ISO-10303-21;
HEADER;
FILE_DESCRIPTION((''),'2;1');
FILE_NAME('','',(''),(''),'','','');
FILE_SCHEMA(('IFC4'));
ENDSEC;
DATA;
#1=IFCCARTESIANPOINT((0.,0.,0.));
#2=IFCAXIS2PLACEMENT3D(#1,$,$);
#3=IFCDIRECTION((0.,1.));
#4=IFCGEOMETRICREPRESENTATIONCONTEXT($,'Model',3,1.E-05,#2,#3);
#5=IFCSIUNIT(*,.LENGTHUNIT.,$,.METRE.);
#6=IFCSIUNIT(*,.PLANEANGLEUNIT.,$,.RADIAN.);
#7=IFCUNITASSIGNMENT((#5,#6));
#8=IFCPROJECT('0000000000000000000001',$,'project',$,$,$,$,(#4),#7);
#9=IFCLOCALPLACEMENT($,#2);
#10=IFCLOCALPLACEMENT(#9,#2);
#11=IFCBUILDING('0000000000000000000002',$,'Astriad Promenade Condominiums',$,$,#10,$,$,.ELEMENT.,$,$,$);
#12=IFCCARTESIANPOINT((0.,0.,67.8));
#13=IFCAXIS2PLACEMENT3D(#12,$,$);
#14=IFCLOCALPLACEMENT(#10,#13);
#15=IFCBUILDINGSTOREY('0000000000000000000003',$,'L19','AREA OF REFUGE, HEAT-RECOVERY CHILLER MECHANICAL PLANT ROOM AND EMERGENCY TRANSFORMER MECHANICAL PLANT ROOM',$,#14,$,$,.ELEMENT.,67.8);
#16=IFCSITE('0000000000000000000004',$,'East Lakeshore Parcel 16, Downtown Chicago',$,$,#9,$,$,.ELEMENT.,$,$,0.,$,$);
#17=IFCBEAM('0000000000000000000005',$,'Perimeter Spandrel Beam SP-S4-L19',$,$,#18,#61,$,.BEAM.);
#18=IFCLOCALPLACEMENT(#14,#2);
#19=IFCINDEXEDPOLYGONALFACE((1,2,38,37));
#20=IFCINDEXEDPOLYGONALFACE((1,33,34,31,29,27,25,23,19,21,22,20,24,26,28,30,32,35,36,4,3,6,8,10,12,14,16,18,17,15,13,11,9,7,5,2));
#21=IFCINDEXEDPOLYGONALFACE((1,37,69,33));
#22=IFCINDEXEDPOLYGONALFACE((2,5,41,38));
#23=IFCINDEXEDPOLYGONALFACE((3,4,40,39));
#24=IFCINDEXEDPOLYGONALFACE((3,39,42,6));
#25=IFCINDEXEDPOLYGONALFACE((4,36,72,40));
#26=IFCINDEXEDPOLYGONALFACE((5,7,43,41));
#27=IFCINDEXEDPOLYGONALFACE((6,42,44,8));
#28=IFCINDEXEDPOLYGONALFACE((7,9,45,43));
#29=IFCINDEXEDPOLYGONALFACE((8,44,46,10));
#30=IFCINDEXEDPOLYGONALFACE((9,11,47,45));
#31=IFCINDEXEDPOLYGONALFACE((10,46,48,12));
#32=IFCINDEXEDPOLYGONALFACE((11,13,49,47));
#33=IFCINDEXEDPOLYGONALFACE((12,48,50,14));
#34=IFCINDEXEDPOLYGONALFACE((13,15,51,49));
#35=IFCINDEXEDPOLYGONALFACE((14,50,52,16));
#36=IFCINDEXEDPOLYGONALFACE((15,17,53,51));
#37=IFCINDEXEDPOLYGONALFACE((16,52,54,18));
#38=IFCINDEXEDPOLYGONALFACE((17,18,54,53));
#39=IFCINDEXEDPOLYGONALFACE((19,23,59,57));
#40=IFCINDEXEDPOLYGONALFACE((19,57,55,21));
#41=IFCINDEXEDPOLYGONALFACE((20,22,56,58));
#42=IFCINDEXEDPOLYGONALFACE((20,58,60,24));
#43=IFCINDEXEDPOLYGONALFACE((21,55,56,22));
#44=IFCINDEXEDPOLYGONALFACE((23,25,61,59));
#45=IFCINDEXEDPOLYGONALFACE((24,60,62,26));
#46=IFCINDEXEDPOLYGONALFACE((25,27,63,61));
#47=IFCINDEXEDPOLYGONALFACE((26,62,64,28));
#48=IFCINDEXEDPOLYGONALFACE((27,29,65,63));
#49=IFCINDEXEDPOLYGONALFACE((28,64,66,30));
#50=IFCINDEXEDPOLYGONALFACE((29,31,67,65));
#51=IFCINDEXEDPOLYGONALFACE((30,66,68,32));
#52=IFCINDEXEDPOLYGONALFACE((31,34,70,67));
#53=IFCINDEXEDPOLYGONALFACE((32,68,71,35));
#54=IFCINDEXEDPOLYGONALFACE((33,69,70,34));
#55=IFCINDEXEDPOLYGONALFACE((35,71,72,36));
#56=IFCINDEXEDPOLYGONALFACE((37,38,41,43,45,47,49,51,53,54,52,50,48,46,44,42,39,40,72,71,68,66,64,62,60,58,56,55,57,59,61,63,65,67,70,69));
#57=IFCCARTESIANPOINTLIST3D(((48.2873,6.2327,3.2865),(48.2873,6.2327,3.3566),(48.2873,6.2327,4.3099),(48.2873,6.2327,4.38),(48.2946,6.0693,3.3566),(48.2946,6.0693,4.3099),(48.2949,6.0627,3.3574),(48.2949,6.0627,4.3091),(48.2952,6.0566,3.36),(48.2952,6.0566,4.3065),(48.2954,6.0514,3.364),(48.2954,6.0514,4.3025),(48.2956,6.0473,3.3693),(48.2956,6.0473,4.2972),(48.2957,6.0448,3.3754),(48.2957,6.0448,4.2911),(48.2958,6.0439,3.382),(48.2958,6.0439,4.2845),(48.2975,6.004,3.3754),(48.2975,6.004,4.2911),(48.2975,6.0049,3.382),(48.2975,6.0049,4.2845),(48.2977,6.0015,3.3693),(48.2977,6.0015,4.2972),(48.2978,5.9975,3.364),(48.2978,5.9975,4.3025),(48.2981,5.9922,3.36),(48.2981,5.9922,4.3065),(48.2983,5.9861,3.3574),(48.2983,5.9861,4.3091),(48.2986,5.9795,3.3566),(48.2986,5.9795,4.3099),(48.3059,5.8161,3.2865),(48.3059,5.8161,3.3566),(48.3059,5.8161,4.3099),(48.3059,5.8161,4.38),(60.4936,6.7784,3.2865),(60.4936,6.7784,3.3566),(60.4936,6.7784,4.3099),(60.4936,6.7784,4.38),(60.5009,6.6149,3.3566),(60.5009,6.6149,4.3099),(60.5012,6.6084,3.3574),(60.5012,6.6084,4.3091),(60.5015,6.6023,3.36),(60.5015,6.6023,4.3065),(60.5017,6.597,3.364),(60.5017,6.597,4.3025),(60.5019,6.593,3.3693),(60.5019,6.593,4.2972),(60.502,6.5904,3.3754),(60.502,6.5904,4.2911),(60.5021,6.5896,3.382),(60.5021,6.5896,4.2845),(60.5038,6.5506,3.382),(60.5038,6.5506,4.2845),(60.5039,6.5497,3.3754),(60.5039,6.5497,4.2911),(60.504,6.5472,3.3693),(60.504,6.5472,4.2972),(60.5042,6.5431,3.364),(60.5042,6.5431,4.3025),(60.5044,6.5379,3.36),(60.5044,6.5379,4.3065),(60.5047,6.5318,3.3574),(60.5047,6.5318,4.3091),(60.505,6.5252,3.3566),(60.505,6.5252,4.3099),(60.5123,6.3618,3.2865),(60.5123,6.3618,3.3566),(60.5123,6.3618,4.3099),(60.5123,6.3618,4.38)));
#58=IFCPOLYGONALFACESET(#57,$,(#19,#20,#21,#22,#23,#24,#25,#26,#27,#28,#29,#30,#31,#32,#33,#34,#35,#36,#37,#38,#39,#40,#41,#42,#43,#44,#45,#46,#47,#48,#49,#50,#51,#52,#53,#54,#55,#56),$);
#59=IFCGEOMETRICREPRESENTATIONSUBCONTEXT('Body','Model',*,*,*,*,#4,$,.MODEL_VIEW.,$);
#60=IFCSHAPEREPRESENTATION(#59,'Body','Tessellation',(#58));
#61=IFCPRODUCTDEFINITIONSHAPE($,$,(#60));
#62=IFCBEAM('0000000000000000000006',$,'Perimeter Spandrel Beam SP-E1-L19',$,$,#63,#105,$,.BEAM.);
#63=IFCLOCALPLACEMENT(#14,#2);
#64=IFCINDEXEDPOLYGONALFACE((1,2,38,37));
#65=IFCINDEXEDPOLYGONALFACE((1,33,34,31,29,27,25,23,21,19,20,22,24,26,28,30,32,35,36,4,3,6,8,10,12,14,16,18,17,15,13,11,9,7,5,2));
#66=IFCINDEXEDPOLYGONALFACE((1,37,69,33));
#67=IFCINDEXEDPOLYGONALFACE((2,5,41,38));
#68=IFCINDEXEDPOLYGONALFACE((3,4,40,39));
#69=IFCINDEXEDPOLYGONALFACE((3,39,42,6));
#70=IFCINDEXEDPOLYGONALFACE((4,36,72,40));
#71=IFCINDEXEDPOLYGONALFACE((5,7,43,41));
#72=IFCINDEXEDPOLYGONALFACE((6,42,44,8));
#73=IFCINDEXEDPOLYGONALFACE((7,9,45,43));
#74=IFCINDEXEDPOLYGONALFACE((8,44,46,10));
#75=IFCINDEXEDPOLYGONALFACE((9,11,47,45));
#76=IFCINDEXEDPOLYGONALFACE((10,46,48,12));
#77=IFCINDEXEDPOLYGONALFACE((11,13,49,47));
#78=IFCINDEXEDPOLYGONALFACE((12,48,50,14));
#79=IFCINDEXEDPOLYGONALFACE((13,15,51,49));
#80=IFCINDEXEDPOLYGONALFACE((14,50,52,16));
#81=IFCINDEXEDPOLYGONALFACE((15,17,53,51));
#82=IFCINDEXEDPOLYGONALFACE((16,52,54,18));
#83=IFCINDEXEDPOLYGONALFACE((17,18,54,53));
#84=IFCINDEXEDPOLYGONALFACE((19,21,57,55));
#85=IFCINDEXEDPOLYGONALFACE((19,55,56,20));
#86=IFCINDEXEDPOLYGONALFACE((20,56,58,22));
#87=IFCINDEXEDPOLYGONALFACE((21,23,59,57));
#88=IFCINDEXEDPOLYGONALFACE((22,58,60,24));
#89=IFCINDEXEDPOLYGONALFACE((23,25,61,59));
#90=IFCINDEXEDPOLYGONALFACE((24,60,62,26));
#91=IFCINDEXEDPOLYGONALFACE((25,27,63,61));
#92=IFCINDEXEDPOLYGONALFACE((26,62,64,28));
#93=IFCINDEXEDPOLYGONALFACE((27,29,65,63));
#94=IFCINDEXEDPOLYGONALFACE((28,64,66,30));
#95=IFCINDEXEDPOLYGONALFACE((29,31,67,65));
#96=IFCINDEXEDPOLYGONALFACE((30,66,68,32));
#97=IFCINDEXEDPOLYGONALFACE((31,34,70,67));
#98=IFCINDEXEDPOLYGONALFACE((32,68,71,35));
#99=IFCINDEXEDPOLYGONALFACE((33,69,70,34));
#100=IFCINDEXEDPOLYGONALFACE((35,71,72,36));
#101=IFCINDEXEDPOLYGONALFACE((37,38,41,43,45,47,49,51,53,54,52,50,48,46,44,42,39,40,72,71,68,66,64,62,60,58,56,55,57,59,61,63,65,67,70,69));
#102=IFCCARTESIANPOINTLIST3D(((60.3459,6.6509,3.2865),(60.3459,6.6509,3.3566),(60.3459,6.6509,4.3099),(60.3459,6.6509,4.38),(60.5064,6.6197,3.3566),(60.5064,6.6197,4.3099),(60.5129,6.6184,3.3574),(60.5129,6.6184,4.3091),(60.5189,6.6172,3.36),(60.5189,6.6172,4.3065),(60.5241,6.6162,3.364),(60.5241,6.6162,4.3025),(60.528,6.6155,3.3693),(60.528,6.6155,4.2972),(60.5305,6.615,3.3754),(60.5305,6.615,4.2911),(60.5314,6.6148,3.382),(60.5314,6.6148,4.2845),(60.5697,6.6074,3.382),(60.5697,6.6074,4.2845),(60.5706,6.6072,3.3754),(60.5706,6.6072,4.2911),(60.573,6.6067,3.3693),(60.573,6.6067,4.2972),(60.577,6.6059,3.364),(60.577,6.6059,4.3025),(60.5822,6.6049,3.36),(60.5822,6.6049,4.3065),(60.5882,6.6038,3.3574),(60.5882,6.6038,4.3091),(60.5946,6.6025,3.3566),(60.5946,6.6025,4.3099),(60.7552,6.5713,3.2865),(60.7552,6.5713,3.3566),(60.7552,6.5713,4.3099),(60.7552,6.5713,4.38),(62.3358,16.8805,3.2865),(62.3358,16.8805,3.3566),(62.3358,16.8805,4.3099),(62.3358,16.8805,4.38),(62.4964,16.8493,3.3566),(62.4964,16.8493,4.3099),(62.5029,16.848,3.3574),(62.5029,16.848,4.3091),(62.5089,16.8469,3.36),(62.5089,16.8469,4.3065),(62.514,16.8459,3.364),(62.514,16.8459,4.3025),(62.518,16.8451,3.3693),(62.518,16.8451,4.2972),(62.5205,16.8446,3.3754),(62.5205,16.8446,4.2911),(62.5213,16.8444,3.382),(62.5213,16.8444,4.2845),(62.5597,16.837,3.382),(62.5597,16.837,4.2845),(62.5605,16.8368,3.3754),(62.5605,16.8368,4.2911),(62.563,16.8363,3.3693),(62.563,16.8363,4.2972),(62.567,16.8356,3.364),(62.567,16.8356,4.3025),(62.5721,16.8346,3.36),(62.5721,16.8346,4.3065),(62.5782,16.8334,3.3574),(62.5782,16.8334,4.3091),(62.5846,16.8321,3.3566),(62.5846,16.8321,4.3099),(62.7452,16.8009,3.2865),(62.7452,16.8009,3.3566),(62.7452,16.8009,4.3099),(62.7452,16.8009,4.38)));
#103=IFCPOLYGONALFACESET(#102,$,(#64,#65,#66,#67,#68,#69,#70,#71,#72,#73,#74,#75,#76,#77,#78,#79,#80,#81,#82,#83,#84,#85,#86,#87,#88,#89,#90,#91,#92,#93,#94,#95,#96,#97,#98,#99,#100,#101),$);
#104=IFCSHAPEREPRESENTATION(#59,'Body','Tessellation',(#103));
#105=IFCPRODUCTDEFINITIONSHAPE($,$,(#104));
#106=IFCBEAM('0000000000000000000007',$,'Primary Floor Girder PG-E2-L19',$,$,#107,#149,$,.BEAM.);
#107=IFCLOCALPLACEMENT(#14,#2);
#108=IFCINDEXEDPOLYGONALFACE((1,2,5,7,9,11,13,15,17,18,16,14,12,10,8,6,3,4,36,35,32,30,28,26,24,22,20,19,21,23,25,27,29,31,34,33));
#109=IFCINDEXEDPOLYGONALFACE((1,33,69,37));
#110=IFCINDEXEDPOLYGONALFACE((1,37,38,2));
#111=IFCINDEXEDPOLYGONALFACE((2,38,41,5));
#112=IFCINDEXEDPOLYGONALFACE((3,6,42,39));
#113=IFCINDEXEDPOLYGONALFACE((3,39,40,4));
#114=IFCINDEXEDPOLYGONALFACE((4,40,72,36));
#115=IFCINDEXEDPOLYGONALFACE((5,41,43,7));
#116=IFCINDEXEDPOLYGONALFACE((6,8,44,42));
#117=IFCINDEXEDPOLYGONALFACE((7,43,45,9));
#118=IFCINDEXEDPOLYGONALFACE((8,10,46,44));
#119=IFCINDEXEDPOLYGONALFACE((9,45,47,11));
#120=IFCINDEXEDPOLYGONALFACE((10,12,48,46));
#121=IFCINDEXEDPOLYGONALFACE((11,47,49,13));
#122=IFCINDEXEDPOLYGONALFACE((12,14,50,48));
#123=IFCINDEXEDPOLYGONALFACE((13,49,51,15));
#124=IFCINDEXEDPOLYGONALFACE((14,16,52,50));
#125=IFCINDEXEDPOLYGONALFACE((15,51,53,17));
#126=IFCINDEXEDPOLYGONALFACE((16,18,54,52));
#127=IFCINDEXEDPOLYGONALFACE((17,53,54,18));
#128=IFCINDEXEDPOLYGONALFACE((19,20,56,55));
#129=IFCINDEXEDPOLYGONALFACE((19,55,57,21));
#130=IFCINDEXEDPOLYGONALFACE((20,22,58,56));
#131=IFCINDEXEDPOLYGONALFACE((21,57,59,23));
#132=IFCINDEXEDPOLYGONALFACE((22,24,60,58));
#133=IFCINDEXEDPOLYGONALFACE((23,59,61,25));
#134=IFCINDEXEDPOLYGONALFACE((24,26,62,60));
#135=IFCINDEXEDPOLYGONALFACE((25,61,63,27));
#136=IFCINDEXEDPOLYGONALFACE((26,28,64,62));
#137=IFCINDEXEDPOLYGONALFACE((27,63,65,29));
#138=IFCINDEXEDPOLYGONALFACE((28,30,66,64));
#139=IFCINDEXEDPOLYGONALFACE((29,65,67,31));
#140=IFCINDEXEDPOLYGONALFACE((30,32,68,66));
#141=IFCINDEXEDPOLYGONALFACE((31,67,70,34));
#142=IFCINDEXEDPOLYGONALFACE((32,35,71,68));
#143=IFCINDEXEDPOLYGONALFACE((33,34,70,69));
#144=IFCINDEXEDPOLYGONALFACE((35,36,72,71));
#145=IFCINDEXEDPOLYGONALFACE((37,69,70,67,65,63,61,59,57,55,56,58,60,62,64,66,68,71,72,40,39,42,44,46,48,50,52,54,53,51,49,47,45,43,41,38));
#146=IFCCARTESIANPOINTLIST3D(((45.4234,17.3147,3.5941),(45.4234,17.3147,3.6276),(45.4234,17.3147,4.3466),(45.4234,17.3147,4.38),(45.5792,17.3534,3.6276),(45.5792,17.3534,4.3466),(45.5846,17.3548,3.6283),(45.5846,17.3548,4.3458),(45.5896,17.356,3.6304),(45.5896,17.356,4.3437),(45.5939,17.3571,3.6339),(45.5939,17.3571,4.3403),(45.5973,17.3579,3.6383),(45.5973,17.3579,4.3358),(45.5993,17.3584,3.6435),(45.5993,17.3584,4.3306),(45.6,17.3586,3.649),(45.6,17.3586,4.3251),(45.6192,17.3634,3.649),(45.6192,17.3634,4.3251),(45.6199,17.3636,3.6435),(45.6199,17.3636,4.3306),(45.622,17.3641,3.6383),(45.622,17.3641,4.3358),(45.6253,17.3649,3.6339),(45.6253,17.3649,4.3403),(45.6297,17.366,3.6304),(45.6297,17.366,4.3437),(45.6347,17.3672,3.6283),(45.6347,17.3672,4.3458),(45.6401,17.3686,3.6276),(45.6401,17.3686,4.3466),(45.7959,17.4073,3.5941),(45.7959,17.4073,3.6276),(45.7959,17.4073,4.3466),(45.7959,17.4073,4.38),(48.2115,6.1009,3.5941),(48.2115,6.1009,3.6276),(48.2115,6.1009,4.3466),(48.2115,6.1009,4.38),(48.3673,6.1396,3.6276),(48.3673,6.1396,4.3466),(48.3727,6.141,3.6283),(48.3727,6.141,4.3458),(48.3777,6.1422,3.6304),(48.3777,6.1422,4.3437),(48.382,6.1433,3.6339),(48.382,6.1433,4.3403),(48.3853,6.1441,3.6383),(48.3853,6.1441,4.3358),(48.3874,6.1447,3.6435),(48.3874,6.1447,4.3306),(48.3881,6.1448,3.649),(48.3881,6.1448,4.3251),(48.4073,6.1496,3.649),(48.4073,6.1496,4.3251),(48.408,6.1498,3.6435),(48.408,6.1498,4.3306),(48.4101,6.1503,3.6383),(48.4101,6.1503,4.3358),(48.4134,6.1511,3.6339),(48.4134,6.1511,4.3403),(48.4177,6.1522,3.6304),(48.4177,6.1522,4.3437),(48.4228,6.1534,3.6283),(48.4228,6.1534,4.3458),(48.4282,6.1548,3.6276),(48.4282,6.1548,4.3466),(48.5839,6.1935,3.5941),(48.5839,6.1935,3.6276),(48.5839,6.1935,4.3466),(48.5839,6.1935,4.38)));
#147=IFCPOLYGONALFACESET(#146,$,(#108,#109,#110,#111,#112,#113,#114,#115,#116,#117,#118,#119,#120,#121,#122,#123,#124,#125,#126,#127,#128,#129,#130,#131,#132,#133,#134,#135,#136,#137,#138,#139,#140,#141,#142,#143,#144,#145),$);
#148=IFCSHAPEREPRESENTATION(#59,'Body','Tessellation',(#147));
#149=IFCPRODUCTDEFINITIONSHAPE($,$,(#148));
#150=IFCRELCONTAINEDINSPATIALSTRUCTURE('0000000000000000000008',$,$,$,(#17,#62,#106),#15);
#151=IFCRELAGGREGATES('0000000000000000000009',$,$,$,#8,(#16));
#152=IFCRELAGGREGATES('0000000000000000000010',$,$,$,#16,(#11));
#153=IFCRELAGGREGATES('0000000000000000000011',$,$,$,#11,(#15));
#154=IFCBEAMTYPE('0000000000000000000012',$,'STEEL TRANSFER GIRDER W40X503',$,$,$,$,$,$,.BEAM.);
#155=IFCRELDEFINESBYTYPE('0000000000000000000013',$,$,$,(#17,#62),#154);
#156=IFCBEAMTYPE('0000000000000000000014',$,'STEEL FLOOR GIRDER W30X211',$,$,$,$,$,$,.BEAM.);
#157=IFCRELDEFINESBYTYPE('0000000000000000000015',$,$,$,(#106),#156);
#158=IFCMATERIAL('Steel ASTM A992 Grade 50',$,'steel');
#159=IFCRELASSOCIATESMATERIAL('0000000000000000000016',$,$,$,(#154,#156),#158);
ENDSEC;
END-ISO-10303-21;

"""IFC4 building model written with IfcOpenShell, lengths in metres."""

from ifc_helpers import new_model, si_unit, direction, frame, origin, origin_2d, place, context, subcontext, project, spatial, i_section, extrude, source, transform, mapped, material, material_profile, profile_set, type_object, type_shapes, element, save


model = new_model("IFC4")

# Units and contexts
model_context = context("Model", 3, precision=1e-05, world=origin(), true_north=direction((0.0, 1.0)))
body_context = subcontext(model_context, "Body", "Model", "MODEL_VIEW")
ifc_project = project(units=[si_unit("LENGTHUNIT", "METRE"), si_unit("PLANEANGLEUNIT", "RADIAN")], contexts=[model_context])

# Site, building, storey
site_placement = place(None, origin())
site = spatial("IfcSite", under=ifc_project, at=site_placement, Name="East Lakeshore Parcel 16, Downtown Chicago", CompositionType="ELEMENT", RefElevation=0.0)
building_placement = place(site_placement, origin())
building = spatial("IfcBuilding", under=site, at=building_placement, Name="Astriad Promenade Condominiums", CompositionType="ELEMENT")
storey_placement = place(building_placement, frame((0.0, 0.0, 67.8)))
storey = spatial("IfcBuildingStorey", under=building, at=storey_placement, Name="L19", Description="AREA OF REFUGE, HEAT-RECOVERY CHILLER MECHANICAL PLANT ROOM AND EMERGENCY TRANSFORMER MECHANICAL PLANT ROOM", CompositionType="ELEMENT", Elevation=67.8)

# Shared definitions
ifc_material_1 = material(Name="Steel ASTM A992 Grade 50", Category="steel")

# Beams
ifc_material_profile_1 = material_profile(ifc_material_1, i_section(OverallWidth=0.417, OverallDepth=1.0935, WebThickness=0.0391, FlangeThickness=0.0701, FilletRadius=0.0254, at=origin_2d()), Name="W40X503")
ifc_profile_set_1 = profile_set([ifc_material_profile_1], Name="Steel ASTM A992 Grade 50")
beam_type_1 = type_object("IfcBeamType", Name="STEEL TRANSFER GIRDER W40X503", PredefinedType="BEAM", material=ifc_profile_set_1)
shared_shape_1 = source(origin(), body_context, "Body", "SweptSolid", [
    extrude(i_section(OverallWidth=0.417, OverallDepth=1.0935, WebThickness=0.0391, FlangeThickness=0.0701, FilletRadius=0.0254, at=origin_2d()), origin(), (0.0, 0.0, 1.0), 12.2185),
])
beam_1_placement = place(storey_placement, frame((48.2966, 6.0244, 3.8333), z_axis=(0.999002, 0.044658, 0.0), x_axis=(-0.044658, 0.999002, 0.0)))
element("IfcBeam", 1, at=beam_1_placement, inside=storey, type_object=beam_type_1, Name="Perimeter Spandrel Beam SP-S4-L19", PredefinedType="BEAM", context=body_context, shape_type="MappedRepresentation", body=[
    mapped(shared_shape_1, transform((0.0, 0.0, 0.0), scale=1.0)),
])
shared_shape_2 = source(origin(), body_context, "Body", "SweptSolid", [
    extrude(i_section(OverallWidth=0.417, OverallDepth=1.0935, WebThickness=0.0391, FlangeThickness=0.0701, FilletRadius=0.0254, at=origin_2d()), origin(), (0.0, 0.0, 1.0), 10.4214),
])
type_shapes(beam_type_1, [shared_shape_1, shared_shape_2])
beam_2_placement = place(storey_placement, frame((60.5505, 6.6111, 3.8333), z_axis=(0.190951, 0.9816, 0.0), x_axis=(-0.9816, 0.190951, 0.0)))
element("IfcBeam", 2, at=beam_2_placement, inside=storey, type_object=beam_type_1, Name="Perimeter Spandrel Beam SP-E1-L19", PredefinedType="BEAM", context=body_context, shape_type="MappedRepresentation", body=[
    mapped(shared_shape_2, transform((0.0, 0.0, 0.0), scale=1.0)),
])
ifc_material_profile_2 = material_profile(ifc_material_1, i_section(OverallWidth=0.3838, OverallDepth=0.7859, WebThickness=0.0198, FlangeThickness=0.0334, FilletRadius=0.0215, at=origin_2d()), Name="W30X211")
ifc_profile_set_2 = profile_set([ifc_material_profile_2], Name="Steel ASTM A992 Grade 50")
beam_type_2 = type_object("IfcBeamType", Name="STEEL FLOOR GIRDER W30X211", PredefinedType="BEAM", material=ifc_profile_set_2)
shared_shape_3 = source(origin(), body_context, "Body", "SweptSolid", [
    extrude(i_section(OverallWidth=0.3838, OverallDepth=0.7859, WebThickness=0.0198, FlangeThickness=0.0334, FilletRadius=0.0215, at=origin_2d()), origin(), (0.0, 0.0, 1.0), 11.5552),
])
type_shapes(beam_type_2, [shared_shape_3])
beam_3_placement = place(storey_placement, frame((48.3977, 6.1472, 3.9871), z_axis=(-0.241283, 0.970455, 0.0), x_axis=(-0.970455, -0.241283, 0.0)))
element("IfcBeam", 3, at=beam_3_placement, inside=storey, type_object=beam_type_2, Name="Primary Floor Girder PG-E2-L19", PredefinedType="BEAM", context=body_context, shape_type="MappedRepresentation", body=[
    mapped(shared_shape_3, transform((0.0, 0.0, 0.0), scale=1.0)),
])

save(model, "model.ifc")
